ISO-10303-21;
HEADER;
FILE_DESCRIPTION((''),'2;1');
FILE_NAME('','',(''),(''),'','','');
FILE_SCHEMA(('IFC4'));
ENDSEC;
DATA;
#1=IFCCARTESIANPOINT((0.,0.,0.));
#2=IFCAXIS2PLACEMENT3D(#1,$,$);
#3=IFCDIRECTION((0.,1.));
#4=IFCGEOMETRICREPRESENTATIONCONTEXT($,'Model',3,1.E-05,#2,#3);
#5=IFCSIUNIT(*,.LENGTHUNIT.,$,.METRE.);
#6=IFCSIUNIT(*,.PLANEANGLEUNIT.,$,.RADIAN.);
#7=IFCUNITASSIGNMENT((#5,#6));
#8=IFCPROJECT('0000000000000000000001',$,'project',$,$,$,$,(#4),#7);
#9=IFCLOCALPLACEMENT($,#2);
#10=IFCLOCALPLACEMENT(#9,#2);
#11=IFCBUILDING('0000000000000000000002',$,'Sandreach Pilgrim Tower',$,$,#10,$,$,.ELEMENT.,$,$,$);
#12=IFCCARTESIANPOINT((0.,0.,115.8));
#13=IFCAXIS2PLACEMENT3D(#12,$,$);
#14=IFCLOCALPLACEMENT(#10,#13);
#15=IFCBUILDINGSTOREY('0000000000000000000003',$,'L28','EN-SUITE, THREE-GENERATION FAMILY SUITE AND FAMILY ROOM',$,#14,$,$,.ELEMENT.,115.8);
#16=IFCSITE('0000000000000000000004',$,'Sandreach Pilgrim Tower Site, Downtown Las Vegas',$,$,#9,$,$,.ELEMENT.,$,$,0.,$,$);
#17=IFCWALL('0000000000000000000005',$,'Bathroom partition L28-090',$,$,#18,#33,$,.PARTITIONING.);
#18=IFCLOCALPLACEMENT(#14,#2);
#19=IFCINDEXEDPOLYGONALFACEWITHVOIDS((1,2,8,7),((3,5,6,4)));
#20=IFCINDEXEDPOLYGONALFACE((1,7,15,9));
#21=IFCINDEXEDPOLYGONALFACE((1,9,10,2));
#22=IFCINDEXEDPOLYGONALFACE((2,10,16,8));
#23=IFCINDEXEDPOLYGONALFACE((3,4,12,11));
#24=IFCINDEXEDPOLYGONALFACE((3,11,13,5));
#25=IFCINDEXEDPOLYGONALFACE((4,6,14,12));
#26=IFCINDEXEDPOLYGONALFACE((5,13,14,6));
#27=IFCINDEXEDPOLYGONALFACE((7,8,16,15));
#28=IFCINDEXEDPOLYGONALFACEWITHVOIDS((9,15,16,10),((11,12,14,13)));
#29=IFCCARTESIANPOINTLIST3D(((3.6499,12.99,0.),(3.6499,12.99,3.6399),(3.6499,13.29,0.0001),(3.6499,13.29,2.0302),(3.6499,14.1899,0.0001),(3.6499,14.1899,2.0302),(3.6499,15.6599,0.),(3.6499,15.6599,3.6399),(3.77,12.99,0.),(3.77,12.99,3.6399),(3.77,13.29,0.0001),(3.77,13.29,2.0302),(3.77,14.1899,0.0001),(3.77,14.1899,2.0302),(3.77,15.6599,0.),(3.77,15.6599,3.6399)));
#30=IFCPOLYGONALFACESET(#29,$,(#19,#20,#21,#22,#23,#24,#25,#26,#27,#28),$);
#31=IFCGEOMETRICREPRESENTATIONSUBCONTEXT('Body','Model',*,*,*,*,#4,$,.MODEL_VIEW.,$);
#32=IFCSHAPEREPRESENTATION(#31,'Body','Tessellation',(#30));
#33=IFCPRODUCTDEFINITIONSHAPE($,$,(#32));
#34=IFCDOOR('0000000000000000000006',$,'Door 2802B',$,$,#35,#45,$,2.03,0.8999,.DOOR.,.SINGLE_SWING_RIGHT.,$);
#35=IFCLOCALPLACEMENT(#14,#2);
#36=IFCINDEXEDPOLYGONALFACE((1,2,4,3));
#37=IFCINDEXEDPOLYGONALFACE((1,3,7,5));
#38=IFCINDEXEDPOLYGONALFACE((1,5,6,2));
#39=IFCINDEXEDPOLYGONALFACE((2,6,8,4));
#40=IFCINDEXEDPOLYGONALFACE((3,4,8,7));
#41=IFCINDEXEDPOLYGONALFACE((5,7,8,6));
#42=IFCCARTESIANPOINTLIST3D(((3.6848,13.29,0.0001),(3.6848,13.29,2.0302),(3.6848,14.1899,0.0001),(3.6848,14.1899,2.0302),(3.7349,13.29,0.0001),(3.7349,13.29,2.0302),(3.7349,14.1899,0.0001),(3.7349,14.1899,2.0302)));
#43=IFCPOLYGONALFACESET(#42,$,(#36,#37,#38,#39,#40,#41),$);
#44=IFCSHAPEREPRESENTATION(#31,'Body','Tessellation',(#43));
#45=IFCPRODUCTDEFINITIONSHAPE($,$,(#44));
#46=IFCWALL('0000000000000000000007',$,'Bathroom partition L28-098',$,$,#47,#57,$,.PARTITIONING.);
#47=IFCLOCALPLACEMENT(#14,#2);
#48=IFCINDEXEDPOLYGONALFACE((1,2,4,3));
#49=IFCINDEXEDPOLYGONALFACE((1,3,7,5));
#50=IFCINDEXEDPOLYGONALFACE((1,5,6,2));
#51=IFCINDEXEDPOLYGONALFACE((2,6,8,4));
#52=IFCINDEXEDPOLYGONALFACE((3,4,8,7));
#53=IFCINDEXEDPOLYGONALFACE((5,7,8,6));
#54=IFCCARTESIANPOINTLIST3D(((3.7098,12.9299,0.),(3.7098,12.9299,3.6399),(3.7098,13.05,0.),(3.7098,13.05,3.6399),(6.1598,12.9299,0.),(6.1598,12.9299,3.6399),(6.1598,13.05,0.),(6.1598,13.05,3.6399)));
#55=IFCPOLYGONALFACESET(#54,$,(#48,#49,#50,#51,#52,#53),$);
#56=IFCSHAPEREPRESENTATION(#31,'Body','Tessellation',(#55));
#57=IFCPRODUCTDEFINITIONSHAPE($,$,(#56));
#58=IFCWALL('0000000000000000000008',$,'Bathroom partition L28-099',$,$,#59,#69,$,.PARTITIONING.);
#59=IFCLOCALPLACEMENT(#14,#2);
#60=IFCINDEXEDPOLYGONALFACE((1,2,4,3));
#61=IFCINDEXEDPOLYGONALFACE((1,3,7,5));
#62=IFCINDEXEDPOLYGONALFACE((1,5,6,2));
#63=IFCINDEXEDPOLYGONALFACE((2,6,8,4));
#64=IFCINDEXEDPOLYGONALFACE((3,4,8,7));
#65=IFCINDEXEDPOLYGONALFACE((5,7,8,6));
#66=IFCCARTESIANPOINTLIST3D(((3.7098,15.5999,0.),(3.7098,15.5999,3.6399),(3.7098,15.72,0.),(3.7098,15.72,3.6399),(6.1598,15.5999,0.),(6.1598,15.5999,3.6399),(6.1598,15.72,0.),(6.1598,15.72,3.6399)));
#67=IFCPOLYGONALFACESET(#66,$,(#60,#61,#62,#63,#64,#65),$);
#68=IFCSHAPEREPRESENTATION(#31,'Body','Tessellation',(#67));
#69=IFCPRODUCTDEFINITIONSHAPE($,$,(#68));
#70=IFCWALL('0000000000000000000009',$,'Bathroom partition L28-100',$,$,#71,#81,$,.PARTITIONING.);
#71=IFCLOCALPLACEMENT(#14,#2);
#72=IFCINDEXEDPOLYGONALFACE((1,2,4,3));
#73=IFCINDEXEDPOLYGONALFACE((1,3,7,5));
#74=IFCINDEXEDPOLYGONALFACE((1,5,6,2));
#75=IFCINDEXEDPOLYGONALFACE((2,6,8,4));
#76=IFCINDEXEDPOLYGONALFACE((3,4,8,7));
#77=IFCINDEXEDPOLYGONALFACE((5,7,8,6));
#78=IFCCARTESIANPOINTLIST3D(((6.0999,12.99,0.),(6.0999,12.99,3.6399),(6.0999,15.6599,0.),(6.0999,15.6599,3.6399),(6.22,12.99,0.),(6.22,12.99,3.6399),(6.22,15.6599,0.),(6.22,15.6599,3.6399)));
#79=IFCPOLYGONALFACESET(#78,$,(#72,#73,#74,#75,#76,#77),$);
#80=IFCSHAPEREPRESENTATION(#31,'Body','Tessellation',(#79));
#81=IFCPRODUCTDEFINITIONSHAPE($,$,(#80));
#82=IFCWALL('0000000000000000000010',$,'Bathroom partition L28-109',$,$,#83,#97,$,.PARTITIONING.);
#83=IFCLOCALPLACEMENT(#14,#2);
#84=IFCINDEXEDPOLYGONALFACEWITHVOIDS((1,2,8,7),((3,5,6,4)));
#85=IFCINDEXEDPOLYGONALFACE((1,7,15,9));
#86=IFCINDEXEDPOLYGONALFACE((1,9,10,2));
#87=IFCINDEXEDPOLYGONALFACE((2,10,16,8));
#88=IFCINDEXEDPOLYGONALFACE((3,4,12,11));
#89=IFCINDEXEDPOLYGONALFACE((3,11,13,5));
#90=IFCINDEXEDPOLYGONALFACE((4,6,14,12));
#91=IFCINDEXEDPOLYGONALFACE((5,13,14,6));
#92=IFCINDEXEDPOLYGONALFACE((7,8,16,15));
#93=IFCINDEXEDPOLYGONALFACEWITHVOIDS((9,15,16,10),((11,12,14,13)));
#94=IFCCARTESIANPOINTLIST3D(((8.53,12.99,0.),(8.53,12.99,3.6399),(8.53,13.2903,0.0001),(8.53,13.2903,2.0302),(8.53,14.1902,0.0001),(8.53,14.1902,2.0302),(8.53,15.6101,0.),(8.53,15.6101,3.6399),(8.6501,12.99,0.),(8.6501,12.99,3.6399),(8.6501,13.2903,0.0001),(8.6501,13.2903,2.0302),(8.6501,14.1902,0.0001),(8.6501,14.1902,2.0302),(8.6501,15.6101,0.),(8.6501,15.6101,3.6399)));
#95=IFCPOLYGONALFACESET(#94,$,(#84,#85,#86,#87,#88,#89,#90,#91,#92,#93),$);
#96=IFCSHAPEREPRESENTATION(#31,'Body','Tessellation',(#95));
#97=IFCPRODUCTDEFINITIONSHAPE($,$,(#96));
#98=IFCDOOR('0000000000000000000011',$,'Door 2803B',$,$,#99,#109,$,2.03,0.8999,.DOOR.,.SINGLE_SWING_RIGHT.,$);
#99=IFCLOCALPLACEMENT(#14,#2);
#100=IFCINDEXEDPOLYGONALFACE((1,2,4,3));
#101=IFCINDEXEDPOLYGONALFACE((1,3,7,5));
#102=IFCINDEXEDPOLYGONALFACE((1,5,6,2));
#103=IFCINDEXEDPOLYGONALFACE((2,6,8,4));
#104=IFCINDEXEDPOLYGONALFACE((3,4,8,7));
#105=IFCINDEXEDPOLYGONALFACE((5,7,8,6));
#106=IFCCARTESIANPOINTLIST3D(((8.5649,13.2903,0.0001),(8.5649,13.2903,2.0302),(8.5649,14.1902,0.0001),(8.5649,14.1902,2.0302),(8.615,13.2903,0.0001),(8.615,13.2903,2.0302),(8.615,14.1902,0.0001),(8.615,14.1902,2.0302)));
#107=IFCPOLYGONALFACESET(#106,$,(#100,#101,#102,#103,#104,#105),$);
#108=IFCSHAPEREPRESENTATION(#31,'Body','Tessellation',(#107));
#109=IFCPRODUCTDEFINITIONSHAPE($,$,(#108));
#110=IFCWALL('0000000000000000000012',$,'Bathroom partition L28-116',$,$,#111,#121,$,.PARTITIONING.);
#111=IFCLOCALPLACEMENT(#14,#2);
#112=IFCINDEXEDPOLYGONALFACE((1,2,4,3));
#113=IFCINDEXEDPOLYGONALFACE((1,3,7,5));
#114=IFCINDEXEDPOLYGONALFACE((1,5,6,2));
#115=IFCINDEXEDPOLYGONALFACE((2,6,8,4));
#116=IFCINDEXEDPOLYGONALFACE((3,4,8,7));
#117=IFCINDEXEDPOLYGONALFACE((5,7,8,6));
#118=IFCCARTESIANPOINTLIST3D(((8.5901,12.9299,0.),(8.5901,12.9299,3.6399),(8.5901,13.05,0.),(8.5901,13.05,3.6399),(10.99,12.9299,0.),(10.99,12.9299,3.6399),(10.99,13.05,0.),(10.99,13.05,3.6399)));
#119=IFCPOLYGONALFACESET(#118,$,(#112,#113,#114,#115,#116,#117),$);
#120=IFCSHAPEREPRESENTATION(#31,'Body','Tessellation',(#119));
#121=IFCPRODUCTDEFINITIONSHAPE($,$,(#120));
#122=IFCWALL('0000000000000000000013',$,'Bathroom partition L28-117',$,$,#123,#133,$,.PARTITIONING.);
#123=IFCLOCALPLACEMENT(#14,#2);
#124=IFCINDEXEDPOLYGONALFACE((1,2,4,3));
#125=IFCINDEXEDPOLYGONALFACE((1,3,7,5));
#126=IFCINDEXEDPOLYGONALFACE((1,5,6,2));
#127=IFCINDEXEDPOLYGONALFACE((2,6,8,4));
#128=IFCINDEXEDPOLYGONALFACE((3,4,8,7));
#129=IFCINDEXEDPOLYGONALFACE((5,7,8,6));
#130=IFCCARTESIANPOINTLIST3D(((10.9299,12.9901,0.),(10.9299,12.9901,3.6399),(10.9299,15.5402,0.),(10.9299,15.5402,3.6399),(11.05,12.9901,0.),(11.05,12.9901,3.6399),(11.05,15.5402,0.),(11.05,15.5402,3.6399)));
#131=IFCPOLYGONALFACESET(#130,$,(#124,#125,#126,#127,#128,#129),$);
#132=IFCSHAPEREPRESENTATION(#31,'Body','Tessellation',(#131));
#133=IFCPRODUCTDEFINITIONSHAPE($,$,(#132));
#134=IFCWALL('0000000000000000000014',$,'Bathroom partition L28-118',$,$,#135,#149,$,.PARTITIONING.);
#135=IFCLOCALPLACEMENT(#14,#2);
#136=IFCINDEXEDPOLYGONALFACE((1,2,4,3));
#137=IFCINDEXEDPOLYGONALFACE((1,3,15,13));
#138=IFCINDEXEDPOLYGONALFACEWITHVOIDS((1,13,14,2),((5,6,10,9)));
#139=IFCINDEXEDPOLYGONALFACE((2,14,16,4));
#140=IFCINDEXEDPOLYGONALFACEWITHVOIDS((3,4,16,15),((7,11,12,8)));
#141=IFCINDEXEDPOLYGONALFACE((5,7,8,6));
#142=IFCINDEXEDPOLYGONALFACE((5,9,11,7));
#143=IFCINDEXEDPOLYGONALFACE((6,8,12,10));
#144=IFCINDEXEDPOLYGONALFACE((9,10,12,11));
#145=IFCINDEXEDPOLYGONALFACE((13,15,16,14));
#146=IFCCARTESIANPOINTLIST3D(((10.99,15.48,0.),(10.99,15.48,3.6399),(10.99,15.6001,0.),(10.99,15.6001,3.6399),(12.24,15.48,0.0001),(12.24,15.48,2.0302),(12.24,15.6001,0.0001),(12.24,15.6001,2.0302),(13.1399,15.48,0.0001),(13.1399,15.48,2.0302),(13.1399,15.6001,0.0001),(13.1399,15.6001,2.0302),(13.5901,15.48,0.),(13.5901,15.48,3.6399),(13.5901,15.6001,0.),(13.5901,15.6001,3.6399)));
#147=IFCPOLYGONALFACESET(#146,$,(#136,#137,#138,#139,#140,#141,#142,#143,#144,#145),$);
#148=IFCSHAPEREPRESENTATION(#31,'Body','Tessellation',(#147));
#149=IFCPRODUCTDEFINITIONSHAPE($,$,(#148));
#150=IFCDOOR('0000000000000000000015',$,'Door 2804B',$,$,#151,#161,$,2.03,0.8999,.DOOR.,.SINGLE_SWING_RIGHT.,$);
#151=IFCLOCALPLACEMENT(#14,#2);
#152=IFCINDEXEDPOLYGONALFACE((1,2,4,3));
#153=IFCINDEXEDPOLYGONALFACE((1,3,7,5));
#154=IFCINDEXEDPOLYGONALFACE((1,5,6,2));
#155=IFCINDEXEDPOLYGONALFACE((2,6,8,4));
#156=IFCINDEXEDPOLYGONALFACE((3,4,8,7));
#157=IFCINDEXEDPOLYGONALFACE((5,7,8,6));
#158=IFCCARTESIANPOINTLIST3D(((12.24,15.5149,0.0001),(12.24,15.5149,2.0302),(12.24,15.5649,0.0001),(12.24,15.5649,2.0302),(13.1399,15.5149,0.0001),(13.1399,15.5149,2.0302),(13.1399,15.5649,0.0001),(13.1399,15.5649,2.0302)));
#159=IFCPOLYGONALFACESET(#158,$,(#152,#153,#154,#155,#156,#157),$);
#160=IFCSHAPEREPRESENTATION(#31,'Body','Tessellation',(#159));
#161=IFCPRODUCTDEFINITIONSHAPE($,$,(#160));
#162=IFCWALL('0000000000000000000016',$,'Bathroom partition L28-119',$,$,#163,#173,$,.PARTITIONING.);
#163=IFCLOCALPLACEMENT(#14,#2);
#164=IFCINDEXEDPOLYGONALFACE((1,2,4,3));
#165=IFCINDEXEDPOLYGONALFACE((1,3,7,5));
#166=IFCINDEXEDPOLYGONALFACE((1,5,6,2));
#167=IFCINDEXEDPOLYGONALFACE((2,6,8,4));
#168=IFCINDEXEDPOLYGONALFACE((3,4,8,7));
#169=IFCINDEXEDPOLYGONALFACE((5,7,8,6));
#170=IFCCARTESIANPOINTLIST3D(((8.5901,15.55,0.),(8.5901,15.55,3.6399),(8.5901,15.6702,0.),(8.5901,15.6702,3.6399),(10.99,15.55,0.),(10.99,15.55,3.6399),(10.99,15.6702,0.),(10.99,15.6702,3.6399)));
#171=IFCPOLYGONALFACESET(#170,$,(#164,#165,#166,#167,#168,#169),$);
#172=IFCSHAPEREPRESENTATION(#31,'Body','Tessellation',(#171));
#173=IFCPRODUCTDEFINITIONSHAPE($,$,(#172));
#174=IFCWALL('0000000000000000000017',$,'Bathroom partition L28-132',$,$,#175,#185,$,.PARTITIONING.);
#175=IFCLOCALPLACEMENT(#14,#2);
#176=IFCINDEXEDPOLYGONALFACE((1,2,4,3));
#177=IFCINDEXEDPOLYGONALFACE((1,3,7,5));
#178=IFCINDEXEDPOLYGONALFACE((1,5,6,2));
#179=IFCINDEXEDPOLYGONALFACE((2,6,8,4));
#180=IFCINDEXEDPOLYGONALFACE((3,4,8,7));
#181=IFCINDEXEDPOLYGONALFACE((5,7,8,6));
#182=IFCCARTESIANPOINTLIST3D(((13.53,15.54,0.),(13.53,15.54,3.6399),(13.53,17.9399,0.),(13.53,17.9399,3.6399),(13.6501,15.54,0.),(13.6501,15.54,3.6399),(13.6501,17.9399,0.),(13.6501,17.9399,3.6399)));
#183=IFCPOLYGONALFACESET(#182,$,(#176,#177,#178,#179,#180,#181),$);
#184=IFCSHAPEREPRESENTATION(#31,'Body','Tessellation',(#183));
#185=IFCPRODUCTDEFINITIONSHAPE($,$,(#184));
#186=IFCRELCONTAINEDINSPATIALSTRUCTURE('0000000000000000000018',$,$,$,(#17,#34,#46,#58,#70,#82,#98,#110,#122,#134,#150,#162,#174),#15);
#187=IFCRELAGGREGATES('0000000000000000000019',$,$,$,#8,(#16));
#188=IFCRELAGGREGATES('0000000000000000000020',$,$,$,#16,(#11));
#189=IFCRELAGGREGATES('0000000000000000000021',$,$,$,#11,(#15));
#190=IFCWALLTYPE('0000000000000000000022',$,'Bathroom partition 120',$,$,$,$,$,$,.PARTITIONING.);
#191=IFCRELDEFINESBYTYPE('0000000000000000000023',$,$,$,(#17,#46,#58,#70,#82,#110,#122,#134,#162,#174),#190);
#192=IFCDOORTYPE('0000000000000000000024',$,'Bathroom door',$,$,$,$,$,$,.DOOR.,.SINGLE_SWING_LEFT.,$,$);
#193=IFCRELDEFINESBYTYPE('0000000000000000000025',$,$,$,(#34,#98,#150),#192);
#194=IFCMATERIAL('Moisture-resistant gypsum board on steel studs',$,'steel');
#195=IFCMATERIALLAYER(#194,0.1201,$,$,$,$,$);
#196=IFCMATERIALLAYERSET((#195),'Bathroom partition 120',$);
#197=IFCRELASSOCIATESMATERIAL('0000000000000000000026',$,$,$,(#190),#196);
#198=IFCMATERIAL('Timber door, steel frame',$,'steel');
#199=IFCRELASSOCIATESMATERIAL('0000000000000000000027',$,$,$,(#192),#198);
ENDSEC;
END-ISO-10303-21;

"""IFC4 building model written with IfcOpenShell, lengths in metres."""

from ifc_helpers import new_model, si_unit, direction, frame, frame_2d, origin, place, context, subcontext, project, spatial, rectangle, extrude, material, layer, layer_set, type_object, element, fill, save


model = new_model("IFC4")

# Units and contexts
model_context = context("Model", 3, precision=1e-05, world=origin(), true_north=direction((0.0, 1.0)))
body_context = subcontext(model_context, "Body", "Model", "MODEL_VIEW")
ifc_project = project(units=[si_unit("LENGTHUNIT", "METRE"), si_unit("PLANEANGLEUNIT", "RADIAN")], contexts=[model_context])

# Site, building, storey
site_placement = place(None, origin())
site = spatial("IfcSite", under=ifc_project, at=site_placement, Name="Sandreach Pilgrim Tower Site, Downtown Las Vegas", CompositionType="ELEMENT", RefElevation=0.0)
building_placement = place(site_placement, origin())
building = spatial("IfcBuilding", under=site, at=building_placement, Name="Sandreach Pilgrim Tower", CompositionType="ELEMENT")
storey_placement = place(building_placement, frame((0.0, 0.0, 115.8)))
storey = spatial("IfcBuildingStorey", under=building, at=storey_placement, Name="L28", Description="EN-SUITE, THREE-GENERATION FAMILY SUITE AND FAMILY ROOM", CompositionType="ELEMENT", Elevation=115.8)

# Wall, opening, door
ifc_material_1 = material(Name="Moisture-resistant gypsum board on steel studs", Category="steel")
ifc_layer_1 = layer(ifc_material_1, 0.1201)
ifc_layer_set_1 = layer_set([ifc_layer_1], Name="Bathroom partition 120")
wall_type_1 = type_object("IfcWallType", Name="Bathroom partition 120", PredefinedType="PARTITIONING", material=ifc_layer_set_1)
wall_1_placement = place(storey_placement, frame((3.71, 15.6599, 0.0), z_axis=(0.0, 0.0, 1.0), x_axis=(0.0, -1.0, 0.0)))
wall_1 = element("IfcWall", 1, at=wall_1_placement, inside=storey, type_object=wall_type_1, Name="Bathroom partition L28-090", PredefinedType="PARTITIONING", context=body_context, shape_type="SweptSolid", body=[
    extrude(rectangle(XDim=2.6699, YDim=0.1201, at=frame_2d((1.335, 0.0))), origin(), (0.0, 0.0, 1.0), 3.6399),
])
opening_1_placement = place(wall_1_placement, frame((1.47, 0.0, 0.0)))
opening_1 = element("IfcOpeningElement", 2, at=opening_1_placement, cuts=wall_1, PredefinedType="OPENING", context=body_context, shape_type="SweptSolid", body=[
    extrude(rectangle(XDim=0.8999, YDim=2.03, at=frame_2d((0.45, 1.0151))), frame((0.0, 0.0601, 0.0), z_axis=(0.0, -1.0, 0.0), x_axis=(1.0, 0.0, 0.0)), (0.0, 0.0, 1.0), 0.1201),
])
ifc_material_2 = material(Name="Timber door, steel frame", Category="steel")
door_type_1 = type_object("IfcDoorType", Name="Bathroom door", OperationType="SINGLE_SWING_LEFT", PredefinedType="DOOR", material=ifc_material_2)
door_1_placement = place(opening_1_placement, origin())
door_1 = element("IfcDoor", 3, at=door_1_placement, inside=storey, type_object=door_type_1, Name="Door 2802B", OperationType="SINGLE_SWING_RIGHT", OverallHeight=2.03, OverallWidth=0.8999, PredefinedType="DOOR", context=body_context, shape_type="SweptSolid", body=[
    extrude(rectangle(XDim=0.8999, YDim=2.03, at=frame_2d((0.45, 1.0151))), frame((0.0, 0.0249, 0.0), z_axis=(0.0, -1.0, 0.0), x_axis=(1.0, 0.0, 0.0)), (0.0, 0.0, 1.0), 0.05),
])
fill(opening_1, door_1)

# Walls
for number, where, z_axis, x_axis, name in (
    (4, (6.1599, 12.99, 0.0), (0.0, 0.0, 1.0), (-1.0, 0.0, 0.0), "Bathroom partition L28-098"),
    (5, (6.1599, 15.6599, 0.0), (0.0, 0.0, 1.0), (-1.0, 0.0, 0.0), "Bathroom partition L28-099"),
):
    element("IfcWall", number, at=place(storey_placement, frame(where, z_axis=z_axis, x_axis=x_axis)), inside=storey, type_object=wall_type_1, Name=name, PredefinedType="PARTITIONING", context=body_context, shape_type="SweptSolid", body=[
        extrude(rectangle(XDim=2.45, YDim=0.1201, at=frame_2d((1.2251, 0.0))), origin(), (0.0, 0.0, 1.0), 3.6399),
    ])
wall_2_placement = place(storey_placement, frame((6.1599, 15.6599, 0.0), z_axis=(0.0, 0.0, 1.0), x_axis=(0.0, -1.0, 0.0)))
element("IfcWall", 6, at=wall_2_placement, inside=storey, type_object=wall_type_1, Name="Bathroom partition L28-100", PredefinedType="PARTITIONING", context=body_context, shape_type="SweptSolid", body=[
    extrude(rectangle(XDim=2.6699, YDim=0.1201, at=frame_2d((1.335, 0.0))), origin(), (0.0, 0.0, 1.0), 3.6399),
])

# Wall, opening, door
wall_3_placement = place(storey_placement, frame((8.5901, 15.6101, 0.0), z_axis=(0.0, 0.0, 1.0), x_axis=(0.0, -1.0, 0.0)))
wall_3 = element("IfcWall", 7, at=wall_3_placement, inside=storey, type_object=wall_type_1, Name="Bathroom partition L28-109", PredefinedType="PARTITIONING", context=body_context, shape_type="SweptSolid", body=[
    extrude(rectangle(XDim=2.6201, YDim=0.1201, at=frame_2d((1.3101, 0.0))), origin(), (0.0, 0.0, 1.0), 3.6399),
])
opening_2_placement = place(wall_3_placement, frame((1.4199, 0.0, 0.0)))
opening_2 = element("IfcOpeningElement", 8, at=opening_2_placement, cuts=wall_3, PredefinedType="OPENING", context=body_context, shape_type="SweptSolid", body=[
    extrude(rectangle(XDim=0.8999, YDim=2.03, at=frame_2d((0.45, 1.0151))), frame((0.0, 0.0601, 0.0), z_axis=(0.0, -1.0, 0.0), x_axis=(1.0, 0.0, 0.0)), (0.0, 0.0, 1.0), 0.1201),
])
door_2_placement = place(opening_2_placement, origin())
door_2 = element("IfcDoor", 9, at=door_2_placement, inside=storey, type_object=door_type_1, Name="Door 2803B", OperationType="SINGLE_SWING_RIGHT", OverallHeight=2.03, OverallWidth=0.8999, PredefinedType="DOOR", context=body_context, shape_type="SweptSolid", body=[
    extrude(rectangle(XDim=0.8999, YDim=2.03, at=frame_2d((0.45, 1.0151))), frame((0.0, 0.0249, 0.0), z_axis=(0.0, -1.0, 0.0), x_axis=(1.0, 0.0, 0.0)), (0.0, 0.0, 1.0), 0.05),
])
fill(opening_2, door_2)

# Walls
wall_4_placement = place(storey_placement, frame((10.99, 12.99, 0.0), z_axis=(0.0, 0.0, 1.0), x_axis=(-1.0, 0.0, 0.0)))
element("IfcWall", 10, at=wall_4_placement, inside=storey, type_object=wall_type_1, Name="Bathroom partition L28-116", PredefinedType="PARTITIONING", context=body_context, shape_type="SweptSolid", body=[
    extrude(rectangle(XDim=2.3999, YDim=0.1201, at=frame_2d((1.2, 0.0))), origin(), (0.0, 0.0, 1.0), 3.6399),
])
wall_5_placement = place(storey_placement, frame((10.99, 15.54, 0.0), z_axis=(0.0, 0.0, 1.0), x_axis=(0.0, -1.0, 0.0)))
element("IfcWall", 11, at=wall_5_placement, inside=storey, type_object=wall_type_1, Name="Bathroom partition L28-117", PredefinedType="PARTITIONING", context=body_context, shape_type="SweptSolid", body=[
    extrude(rectangle(XDim=2.55, YDim=0.1201, at=frame_2d((1.2749, 0.0))), origin(), (0.0, 0.0, 1.0), 3.6399),
])

# Wall, opening, door
wall_6_placement = place(storey_placement, frame((10.99, 15.54, 0.0), z_axis=(0.0, 0.0, 1.0), x_axis=(1.0, 0.0, 0.0)))
wall_6 = element("IfcWall", 12, at=wall_6_placement, inside=storey, type_object=wall_type_1, Name="Bathroom partition L28-118", PredefinedType="PARTITIONING", context=body_context, shape_type="SweptSolid", body=[
    extrude(rectangle(XDim=2.6001, YDim=0.1201, at=frame_2d((1.3, 0.0))), origin(), (0.0, 0.0, 1.0), 3.6399),
])
opening_3_placement = place(wall_6_placement, frame((1.25, 0.0, 0.0)))
opening_3 = element("IfcOpeningElement", 13, at=opening_3_placement, cuts=wall_6, PredefinedType="OPENING", context=body_context, shape_type="SweptSolid", body=[
    extrude(rectangle(XDim=0.8999, YDim=2.03, at=frame_2d((0.45, 1.0151))), frame((0.0, 0.0601, 0.0), z_axis=(0.0, -1.0, 0.0), x_axis=(1.0, 0.0, 0.0)), (0.0, 0.0, 1.0), 0.1201),
])
door_3_placement = place(opening_3_placement, origin())
door_3 = element("IfcDoor", 14, at=door_3_placement, inside=storey, type_object=door_type_1, Name="Door 2804B", OperationType="SINGLE_SWING_RIGHT", OverallHeight=2.03, OverallWidth=0.8999, PredefinedType="DOOR", context=body_context, shape_type="SweptSolid", body=[
    extrude(rectangle(XDim=0.8999, YDim=2.03, at=frame_2d((0.45, 1.0151))), frame((0.0, 0.0249, 0.0), z_axis=(0.0, -1.0, 0.0), x_axis=(1.0, 0.0, 0.0)), (0.0, 0.0, 1.0), 0.05),
])
fill(opening_3, door_3)

# Walls
for number, where, z_axis, x_axis, name in (
    (15, (10.99, 15.6101, 0.0), (0.0, 0.0, 1.0), (-1.0, 0.0, 0.0), "Bathroom partition L28-119"),
    (16, (13.5901, 15.54, 0.0), (0.0, 0.0, 1.0), (0.0, 1.0, 0.0), "Bathroom partition L28-132"),
):
    element("IfcWall", number, at=place(storey_placement, frame(where, z_axis=z_axis, x_axis=x_axis)), inside=storey, type_object=wall_type_1, Name=name, PredefinedType="PARTITIONING", context=body_context, shape_type="SweptSolid", body=[
        extrude(rectangle(XDim=2.3999, YDim=0.1201, at=frame_2d((1.2, 0.0))), origin(), (0.0, 0.0, 1.0), 3.6399),
    ])

save(model, "model.ifc")
